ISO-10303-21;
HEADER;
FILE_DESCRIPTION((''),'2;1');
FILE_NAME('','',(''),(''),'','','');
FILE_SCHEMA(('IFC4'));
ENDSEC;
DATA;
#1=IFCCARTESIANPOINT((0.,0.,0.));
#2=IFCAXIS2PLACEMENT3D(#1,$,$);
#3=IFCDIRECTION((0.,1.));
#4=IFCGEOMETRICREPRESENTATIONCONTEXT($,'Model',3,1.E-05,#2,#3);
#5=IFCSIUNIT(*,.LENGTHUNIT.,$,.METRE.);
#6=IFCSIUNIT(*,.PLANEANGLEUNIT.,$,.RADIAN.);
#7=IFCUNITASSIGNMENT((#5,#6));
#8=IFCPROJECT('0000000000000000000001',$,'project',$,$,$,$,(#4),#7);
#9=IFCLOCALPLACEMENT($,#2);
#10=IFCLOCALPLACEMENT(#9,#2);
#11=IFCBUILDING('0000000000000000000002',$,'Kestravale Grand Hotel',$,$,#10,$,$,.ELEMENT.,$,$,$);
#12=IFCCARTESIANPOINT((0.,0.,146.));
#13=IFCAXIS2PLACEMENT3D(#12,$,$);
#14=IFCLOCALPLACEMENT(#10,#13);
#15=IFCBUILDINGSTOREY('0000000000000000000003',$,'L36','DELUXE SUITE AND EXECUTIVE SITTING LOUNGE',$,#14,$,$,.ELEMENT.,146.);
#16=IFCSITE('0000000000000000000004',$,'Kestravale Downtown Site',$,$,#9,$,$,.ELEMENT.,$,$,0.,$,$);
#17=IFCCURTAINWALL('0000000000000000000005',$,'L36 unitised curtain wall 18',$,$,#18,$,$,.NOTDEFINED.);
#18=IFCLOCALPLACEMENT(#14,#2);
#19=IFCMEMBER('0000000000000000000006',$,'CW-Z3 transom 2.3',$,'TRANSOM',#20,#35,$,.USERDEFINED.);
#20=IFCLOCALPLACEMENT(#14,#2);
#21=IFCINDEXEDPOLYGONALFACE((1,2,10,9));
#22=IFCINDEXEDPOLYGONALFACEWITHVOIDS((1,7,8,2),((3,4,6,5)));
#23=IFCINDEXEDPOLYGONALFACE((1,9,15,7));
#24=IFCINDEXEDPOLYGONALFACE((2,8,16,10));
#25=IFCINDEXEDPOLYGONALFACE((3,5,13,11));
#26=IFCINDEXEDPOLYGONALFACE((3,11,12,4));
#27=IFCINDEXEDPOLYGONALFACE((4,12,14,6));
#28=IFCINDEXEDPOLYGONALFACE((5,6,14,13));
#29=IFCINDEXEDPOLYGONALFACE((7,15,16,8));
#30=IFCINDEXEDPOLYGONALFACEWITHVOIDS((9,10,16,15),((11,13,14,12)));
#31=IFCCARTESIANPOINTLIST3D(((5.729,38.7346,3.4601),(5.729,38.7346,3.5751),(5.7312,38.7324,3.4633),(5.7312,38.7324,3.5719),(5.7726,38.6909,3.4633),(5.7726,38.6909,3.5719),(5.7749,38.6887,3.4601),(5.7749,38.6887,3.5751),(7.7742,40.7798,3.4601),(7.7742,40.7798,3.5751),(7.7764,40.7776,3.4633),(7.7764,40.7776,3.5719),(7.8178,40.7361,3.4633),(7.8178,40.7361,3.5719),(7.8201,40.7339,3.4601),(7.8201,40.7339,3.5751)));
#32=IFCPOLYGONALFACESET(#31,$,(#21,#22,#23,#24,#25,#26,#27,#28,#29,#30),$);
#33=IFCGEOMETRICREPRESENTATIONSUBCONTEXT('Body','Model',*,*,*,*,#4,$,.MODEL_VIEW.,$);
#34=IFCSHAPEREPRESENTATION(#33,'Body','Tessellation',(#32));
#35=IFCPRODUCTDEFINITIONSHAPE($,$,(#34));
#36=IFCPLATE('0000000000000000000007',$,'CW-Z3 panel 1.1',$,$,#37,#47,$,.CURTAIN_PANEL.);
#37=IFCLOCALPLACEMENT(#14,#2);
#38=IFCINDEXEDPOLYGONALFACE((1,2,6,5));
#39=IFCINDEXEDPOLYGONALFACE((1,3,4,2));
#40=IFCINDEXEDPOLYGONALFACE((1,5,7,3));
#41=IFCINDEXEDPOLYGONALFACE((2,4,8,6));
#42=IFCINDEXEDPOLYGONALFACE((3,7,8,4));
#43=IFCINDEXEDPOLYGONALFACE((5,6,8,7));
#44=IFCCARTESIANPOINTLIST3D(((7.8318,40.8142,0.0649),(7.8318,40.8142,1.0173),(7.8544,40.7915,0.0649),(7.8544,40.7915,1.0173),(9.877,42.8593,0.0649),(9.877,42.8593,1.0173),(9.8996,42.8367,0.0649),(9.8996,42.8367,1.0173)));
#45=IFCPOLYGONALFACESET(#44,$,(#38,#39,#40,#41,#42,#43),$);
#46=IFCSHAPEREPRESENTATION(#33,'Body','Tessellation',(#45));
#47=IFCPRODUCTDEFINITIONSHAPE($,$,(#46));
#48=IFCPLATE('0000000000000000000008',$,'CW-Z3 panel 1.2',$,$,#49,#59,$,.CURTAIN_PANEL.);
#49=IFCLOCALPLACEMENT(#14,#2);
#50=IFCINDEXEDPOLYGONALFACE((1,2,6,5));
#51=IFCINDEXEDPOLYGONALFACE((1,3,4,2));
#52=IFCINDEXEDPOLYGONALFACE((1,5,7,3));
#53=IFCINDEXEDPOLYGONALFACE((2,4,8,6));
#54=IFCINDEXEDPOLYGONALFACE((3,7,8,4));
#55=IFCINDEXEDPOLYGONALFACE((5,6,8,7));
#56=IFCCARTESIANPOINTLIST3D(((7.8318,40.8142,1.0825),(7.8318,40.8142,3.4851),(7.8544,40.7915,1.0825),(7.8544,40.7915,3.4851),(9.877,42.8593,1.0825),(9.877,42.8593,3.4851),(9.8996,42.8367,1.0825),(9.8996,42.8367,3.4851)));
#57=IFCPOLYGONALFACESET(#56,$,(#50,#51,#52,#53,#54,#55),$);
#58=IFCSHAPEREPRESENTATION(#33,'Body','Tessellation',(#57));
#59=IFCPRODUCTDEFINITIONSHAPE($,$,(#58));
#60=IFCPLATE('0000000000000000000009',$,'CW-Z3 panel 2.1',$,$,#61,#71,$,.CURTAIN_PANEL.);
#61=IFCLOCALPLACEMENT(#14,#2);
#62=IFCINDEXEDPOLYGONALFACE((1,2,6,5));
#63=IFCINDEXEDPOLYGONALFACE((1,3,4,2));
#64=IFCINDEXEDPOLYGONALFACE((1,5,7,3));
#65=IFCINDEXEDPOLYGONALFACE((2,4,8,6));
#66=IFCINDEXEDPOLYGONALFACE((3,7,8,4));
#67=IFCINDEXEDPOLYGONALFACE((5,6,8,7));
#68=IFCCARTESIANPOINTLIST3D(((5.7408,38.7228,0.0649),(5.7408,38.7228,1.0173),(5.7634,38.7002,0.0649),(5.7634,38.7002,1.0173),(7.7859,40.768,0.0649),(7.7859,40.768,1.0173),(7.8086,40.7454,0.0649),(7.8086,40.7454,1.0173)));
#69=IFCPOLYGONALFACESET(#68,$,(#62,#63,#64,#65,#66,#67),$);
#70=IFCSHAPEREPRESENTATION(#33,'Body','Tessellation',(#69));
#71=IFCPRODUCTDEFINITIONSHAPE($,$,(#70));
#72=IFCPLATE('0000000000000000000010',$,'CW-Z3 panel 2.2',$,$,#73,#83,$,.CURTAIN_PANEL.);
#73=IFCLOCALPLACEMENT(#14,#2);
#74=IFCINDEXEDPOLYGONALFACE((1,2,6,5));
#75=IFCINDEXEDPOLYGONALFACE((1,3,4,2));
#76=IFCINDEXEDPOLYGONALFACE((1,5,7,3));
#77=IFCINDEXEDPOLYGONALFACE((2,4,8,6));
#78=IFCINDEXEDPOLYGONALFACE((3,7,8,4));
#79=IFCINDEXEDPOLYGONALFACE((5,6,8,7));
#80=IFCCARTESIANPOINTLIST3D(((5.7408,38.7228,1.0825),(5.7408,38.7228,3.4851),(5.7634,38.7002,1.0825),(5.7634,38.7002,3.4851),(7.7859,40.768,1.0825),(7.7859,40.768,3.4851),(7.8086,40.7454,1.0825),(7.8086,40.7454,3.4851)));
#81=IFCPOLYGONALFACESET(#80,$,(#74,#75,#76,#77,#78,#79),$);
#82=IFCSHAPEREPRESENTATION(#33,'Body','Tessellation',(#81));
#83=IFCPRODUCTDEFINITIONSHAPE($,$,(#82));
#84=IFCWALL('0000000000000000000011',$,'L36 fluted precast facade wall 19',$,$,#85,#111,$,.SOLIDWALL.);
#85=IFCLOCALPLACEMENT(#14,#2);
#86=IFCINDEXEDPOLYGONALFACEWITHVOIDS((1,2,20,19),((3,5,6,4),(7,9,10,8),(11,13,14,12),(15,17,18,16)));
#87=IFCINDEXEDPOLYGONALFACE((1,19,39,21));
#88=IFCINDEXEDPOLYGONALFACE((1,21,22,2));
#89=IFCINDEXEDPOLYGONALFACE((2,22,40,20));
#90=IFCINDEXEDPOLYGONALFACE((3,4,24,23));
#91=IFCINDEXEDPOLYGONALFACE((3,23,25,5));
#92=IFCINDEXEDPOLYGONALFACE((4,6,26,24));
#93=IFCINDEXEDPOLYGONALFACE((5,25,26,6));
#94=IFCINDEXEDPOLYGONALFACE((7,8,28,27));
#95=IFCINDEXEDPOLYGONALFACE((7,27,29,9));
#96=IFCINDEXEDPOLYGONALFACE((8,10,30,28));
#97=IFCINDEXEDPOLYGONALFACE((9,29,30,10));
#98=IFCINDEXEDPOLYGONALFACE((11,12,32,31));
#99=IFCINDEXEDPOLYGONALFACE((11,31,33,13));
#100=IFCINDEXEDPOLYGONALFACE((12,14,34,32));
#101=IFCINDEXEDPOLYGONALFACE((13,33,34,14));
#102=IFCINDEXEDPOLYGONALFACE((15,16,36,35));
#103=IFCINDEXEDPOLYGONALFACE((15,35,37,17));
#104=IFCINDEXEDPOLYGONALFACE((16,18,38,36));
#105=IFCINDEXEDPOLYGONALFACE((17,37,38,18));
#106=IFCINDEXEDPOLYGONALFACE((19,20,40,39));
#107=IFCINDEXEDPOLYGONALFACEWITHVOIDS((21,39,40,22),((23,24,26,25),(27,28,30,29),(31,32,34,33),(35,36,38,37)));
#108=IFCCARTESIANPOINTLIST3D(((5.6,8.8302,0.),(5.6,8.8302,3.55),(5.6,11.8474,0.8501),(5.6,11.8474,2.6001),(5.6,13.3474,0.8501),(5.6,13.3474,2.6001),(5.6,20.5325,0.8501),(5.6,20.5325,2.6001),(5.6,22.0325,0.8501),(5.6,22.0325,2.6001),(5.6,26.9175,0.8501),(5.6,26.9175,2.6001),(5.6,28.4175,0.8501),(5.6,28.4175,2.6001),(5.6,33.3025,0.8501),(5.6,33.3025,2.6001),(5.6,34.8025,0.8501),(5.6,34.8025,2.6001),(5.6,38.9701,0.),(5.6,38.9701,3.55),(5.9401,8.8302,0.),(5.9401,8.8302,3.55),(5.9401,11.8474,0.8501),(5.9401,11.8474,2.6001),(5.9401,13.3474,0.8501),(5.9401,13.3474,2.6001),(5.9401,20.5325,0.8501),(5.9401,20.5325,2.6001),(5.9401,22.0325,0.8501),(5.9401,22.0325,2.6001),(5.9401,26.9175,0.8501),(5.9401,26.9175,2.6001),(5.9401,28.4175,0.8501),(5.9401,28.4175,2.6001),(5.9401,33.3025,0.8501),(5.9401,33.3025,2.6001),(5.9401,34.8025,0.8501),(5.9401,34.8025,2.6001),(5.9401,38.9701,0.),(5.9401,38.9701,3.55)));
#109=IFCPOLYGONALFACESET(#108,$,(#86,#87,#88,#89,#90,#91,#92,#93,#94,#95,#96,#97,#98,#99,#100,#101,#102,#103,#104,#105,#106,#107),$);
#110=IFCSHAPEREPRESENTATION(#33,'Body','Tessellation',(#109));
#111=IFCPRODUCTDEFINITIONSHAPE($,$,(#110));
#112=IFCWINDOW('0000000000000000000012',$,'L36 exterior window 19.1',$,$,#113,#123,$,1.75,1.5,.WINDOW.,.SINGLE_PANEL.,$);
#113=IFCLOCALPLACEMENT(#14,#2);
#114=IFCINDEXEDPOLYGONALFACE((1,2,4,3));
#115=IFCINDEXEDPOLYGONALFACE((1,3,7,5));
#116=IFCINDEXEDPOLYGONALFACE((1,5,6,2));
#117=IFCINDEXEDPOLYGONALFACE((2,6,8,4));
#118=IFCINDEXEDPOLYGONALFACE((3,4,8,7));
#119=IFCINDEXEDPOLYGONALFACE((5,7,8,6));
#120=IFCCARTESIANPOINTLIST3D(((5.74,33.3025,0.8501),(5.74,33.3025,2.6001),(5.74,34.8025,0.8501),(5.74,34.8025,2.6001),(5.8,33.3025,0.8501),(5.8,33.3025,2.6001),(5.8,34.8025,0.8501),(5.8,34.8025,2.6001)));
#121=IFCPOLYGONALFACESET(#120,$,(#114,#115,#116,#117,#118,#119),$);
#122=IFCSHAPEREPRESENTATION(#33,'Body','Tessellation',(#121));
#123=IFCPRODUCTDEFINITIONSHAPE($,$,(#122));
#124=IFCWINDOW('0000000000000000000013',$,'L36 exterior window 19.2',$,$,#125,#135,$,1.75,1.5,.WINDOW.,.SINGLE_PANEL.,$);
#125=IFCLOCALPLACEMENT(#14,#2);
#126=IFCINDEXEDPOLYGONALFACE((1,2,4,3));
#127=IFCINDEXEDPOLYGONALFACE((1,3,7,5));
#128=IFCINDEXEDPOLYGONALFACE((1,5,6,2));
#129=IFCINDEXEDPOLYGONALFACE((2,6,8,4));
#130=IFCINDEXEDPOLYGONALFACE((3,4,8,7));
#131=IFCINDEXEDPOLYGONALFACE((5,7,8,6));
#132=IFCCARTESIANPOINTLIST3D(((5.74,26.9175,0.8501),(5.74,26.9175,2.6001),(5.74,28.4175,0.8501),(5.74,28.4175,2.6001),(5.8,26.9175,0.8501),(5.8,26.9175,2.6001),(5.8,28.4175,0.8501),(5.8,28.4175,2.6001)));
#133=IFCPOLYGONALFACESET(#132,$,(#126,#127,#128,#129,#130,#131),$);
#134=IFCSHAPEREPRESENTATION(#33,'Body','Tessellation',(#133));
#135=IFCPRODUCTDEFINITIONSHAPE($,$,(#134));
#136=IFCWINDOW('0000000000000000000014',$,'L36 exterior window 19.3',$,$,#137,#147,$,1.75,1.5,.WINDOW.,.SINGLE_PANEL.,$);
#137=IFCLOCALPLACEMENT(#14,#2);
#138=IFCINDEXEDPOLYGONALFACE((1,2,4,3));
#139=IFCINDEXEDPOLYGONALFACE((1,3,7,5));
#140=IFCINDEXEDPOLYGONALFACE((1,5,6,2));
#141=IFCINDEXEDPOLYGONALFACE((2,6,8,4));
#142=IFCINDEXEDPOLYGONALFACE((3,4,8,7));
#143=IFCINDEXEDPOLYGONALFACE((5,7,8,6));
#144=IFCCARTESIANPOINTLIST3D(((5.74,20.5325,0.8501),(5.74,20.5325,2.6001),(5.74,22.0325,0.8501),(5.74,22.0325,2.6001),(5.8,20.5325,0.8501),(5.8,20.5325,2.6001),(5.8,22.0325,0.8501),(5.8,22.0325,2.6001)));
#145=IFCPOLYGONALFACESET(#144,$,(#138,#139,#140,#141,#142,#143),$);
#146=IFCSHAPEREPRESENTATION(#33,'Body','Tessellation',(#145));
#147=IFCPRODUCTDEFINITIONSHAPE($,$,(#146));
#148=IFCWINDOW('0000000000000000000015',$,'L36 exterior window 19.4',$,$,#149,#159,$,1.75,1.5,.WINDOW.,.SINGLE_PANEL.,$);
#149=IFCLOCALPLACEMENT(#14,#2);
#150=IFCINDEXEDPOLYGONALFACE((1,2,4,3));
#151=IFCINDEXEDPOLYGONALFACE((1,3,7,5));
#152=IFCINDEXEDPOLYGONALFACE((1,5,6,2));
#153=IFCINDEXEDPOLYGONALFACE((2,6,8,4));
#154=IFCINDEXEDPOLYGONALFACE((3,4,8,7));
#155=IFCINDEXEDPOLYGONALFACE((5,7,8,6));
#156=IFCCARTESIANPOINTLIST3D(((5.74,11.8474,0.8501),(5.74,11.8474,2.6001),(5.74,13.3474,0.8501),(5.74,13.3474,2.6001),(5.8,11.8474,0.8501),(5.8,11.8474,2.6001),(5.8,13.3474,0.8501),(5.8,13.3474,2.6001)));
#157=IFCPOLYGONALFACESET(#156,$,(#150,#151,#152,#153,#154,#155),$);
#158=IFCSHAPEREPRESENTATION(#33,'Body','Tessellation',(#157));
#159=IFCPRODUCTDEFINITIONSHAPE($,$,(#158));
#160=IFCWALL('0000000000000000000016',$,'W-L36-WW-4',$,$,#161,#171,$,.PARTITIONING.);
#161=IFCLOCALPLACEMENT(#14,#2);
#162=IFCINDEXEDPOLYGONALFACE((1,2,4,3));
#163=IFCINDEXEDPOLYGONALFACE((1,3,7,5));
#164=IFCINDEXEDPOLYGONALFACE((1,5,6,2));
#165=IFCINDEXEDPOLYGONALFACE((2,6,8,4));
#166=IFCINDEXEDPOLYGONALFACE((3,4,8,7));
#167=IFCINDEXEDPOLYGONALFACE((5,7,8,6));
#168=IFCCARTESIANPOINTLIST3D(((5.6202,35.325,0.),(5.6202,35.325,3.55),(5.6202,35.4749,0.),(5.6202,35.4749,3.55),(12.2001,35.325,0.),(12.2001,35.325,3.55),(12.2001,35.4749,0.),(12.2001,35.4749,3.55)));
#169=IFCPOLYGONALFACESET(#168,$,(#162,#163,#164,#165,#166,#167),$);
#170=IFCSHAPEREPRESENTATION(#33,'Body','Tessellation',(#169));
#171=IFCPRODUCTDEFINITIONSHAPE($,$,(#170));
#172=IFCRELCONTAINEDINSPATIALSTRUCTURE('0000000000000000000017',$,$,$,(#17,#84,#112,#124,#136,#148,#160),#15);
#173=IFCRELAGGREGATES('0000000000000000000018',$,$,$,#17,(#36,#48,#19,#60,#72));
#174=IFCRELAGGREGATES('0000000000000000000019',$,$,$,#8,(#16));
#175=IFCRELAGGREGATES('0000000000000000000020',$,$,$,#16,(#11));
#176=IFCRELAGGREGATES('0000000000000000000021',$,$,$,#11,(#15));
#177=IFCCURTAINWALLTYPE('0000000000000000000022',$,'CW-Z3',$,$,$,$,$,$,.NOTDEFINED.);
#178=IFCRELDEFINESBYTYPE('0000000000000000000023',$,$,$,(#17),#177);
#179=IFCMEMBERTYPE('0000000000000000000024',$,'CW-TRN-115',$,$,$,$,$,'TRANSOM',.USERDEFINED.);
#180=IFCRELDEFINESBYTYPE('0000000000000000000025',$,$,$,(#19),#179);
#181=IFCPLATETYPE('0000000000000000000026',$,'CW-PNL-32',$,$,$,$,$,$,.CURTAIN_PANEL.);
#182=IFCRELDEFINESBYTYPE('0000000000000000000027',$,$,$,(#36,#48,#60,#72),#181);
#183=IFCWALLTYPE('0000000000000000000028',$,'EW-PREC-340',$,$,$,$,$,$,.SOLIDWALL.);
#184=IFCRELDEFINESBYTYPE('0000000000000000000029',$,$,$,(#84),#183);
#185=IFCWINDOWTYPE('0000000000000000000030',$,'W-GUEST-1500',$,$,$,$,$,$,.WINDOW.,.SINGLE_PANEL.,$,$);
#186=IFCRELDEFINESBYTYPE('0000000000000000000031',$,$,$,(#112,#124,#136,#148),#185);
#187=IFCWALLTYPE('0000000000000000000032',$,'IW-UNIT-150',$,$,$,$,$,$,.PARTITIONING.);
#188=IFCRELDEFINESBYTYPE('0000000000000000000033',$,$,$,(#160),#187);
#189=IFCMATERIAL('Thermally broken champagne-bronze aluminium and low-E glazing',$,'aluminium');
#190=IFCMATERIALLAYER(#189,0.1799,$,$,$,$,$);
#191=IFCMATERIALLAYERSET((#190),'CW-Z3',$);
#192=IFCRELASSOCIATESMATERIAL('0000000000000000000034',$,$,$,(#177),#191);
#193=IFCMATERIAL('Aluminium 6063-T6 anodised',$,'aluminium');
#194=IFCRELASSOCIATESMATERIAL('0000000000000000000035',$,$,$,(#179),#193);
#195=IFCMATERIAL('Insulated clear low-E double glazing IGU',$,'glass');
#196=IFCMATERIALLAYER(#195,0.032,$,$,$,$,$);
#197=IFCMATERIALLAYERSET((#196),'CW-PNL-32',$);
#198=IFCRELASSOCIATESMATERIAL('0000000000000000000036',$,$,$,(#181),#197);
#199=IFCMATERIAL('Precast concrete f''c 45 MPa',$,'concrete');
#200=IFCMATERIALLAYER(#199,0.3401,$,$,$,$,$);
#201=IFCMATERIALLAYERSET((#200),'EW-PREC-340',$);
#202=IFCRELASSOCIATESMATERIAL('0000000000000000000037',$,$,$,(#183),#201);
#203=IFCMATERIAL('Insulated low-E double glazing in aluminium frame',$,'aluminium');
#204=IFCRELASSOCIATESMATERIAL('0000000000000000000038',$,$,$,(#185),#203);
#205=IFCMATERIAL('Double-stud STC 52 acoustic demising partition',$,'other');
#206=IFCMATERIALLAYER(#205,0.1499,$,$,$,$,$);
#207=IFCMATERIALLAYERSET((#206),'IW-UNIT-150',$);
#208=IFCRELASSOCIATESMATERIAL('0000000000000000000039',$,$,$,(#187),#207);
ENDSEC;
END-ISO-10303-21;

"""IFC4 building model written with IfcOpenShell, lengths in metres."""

from ifc_helpers import new_model, si_unit, direction, frame, frame_2d, origin, origin_2d, place, context, subcontext, project, spatial, rectangle, hollow_rectangle, extrude, material, layer, layer_set, material_profile, profile_set, type_object, element, fill, aggregate, save


model = new_model("IFC4")

# Units and contexts
model_context = context("Model", 3, precision=1e-05, world=origin(), true_north=direction((0.0, 1.0)))
body_context = subcontext(model_context, "Body", "Model", "MODEL_VIEW")
ifc_project = project(units=[si_unit("LENGTHUNIT", "METRE"), si_unit("PLANEANGLEUNIT", "RADIAN")], contexts=[model_context])

# Site, building, storey
site_placement = place(None, origin())
site = spatial("IfcSite", under=ifc_project, at=site_placement, Name="Kestravale Downtown Site", CompositionType="ELEMENT", RefElevation=0.0)
building_placement = place(site_placement, origin())
building = spatial("IfcBuilding", under=site, at=building_placement, Name="Kestravale Grand Hotel", CompositionType="ELEMENT")
storey_placement = place(building_placement, frame((0.0, 0.0, 146.0)))
storey = spatial("IfcBuildingStorey", under=building, at=storey_placement, Name="L36", Description="DELUXE SUITE AND EXECUTIVE SITTING LOUNGE", CompositionType="ELEMENT", Elevation=146.0)

# Curtain wall, member, plates
ifc_material_1 = material(Name="Thermally broken champagne-bronze aluminium and low-E glazing", Category="aluminium")
ifc_layer_1 = layer(ifc_material_1, 0.1799)
ifc_layer_set_1 = layer_set([ifc_layer_1], Name="CW-Z3")
curtain_wall_type = type_object("IfcCurtainWallType", Name="CW-Z3", PredefinedType="NOTDEFINED", material=ifc_layer_set_1)
curtain_wall_placement = place(storey_placement, origin())
curtain_wall = element("IfcCurtainWall", 1, at=curtain_wall_placement, inside=storey, type_object=curtain_wall_type, Name="L36 unitised curtain wall 18", PredefinedType="NOTDEFINED")
ifc_material_2 = material(Name="Aluminium 6063-T6 anodised", Category="aluminium")
ifc_material_profile_1 = material_profile(ifc_material_2, hollow_rectangle(XDim=0.0649, YDim=0.115, WallThickness=0.0032, at=origin_2d()))
ifc_profile_set_1 = profile_set([ifc_material_profile_1], Name="Aluminium 6063-T6 anodised")
member_type_1 = type_object("IfcMemberType", Name="CW-TRN-115", ElementType="TRANSOM", PredefinedType="USERDEFINED", material=ifc_profile_set_1)
member_1_placement = place(storey_placement, frame((7.7971, 40.7568, 3.5176), z_axis=(-0.707107, -0.707107, 0.0), x_axis=(0.707107, -0.707107, 0.0)))
member_1 = element("IfcMember", 2, at=member_1_placement, type_object=member_type_1, Name="CW-Z3 transom 2.3", ObjectType="TRANSOM", PredefinedType="USERDEFINED", context=body_context, shape_type="SweptSolid", body=[
    extrude(hollow_rectangle(XDim=0.0649, YDim=0.115, WallThickness=0.0032, at=origin_2d()), origin(), (0.0, 0.0, 1.0), 2.8923),
])
ifc_material_3 = material(Name="Insulated clear low-E double glazing IGU", Category="glass")
ifc_layer_2 = layer(ifc_material_3, 0.032)
ifc_layer_set_2 = layer_set([ifc_layer_2], Name="CW-PNL-32")
plate_type = type_object("IfcPlateType", Name="CW-PNL-32", PredefinedType="CURTAIN_PANEL", material=ifc_layer_set_2)
plate_1_placement = place(storey_placement, frame((8.8657, 41.8254, 0.0649), z_axis=(0.0, 0.0, 1.0), x_axis=(-0.707107, -0.707107, 0.0)))
plate_1 = element("IfcPlate", 3, at=plate_1_placement, type_object=plate_type, Name="CW-Z3 panel 1.1", PredefinedType="CURTAIN_PANEL", context=body_context, shape_type="SweptSolid", body=[
    extrude(rectangle(XDim=2.8923, YDim=0.032, at=origin_2d()), origin(), (0.0, 0.0, 1.0), 0.9524),
])
plate_2_placement = place(storey_placement, frame((8.8657, 41.8254, 1.0825), z_axis=(0.0, 0.0, 1.0), x_axis=(-0.707107, -0.707107, 0.0)))
plate_2 = element("IfcPlate", 4, at=plate_2_placement, type_object=plate_type, Name="CW-Z3 panel 1.2", PredefinedType="CURTAIN_PANEL", context=body_context, shape_type="SweptSolid", body=[
    extrude(rectangle(XDim=2.8923, YDim=0.032, at=origin_2d()), origin(), (0.0, 0.0, 1.0), 2.4026),
])
plate_3_placement = place(storey_placement, frame((6.7747, 39.7341, 0.0649), z_axis=(0.0, 0.0, 1.0), x_axis=(-0.707107, -0.707107, 0.0)))
plate_3 = element("IfcPlate", 5, at=plate_3_placement, type_object=plate_type, Name="CW-Z3 panel 2.1", PredefinedType="CURTAIN_PANEL", context=body_context, shape_type="SweptSolid", body=[
    extrude(rectangle(XDim=2.8923, YDim=0.032, at=origin_2d()), origin(), (0.0, 0.0, 1.0), 0.9524),
])
plate_4_placement = place(storey_placement, frame((6.7747, 39.7341, 1.0825), z_axis=(0.0, 0.0, 1.0), x_axis=(-0.707107, -0.707107, 0.0)))
plate_4 = element("IfcPlate", 6, at=plate_4_placement, type_object=plate_type, Name="CW-Z3 panel 2.2", PredefinedType="CURTAIN_PANEL", context=body_context, shape_type="SweptSolid", body=[
    extrude(rectangle(XDim=2.8923, YDim=0.032, at=origin_2d()), origin(), (0.0, 0.0, 1.0), 2.4026),
])
aggregate(curtain_wall, [plate_1, plate_2, member_1, plate_3, plate_4])

# Wall, openings, windows
ifc_material_4 = material(Name="Precast concrete f'c 45 MPa", Category="concrete")
ifc_layer_3 = layer(ifc_material_4, 0.3401)
ifc_layer_set_3 = layer_set([ifc_layer_3], Name="EW-PREC-340")
wall_type_1 = type_object("IfcWallType", Name="EW-PREC-340", PredefinedType="SOLIDWALL", material=ifc_layer_set_3)
wall_1_placement = place(storey_placement, frame((5.77, 38.97, 0.0), z_axis=(0.0, 0.0, 1.0), x_axis=(0.0, -1.0, 0.0)))
wall_1 = element("IfcWall", 7, at=wall_1_placement, inside=storey, type_object=wall_type_1, Name="L36 fluted precast facade wall 19", PredefinedType="SOLIDWALL", context=body_context, shape_type="SweptSolid", body=[
    extrude(rectangle(XDim=30.1399, YDim=0.3401, at=frame_2d((15.0698, 0.0))), origin(), (0.0, 0.0, 1.0), 3.55),
])
opening_1_placement = place(wall_1_placement, frame((4.1675, 0.0, 0.8501)))
opening_1 = element("IfcOpeningElement", 8, at=opening_1_placement, cuts=wall_1, PredefinedType="OPENING", context=body_context, shape_type="SweptSolid", body=[
    extrude(rectangle(XDim=1.5, YDim=1.75, at=frame_2d((0.75, 0.875))), frame((0.0, 0.1799, 0.0), z_axis=(0.0, -1.0, 0.0), x_axis=(1.0, 0.0, 0.0)), (0.0, 0.0, 1.0), 0.3601),
])
opening_2_placement = place(wall_1_placement, frame((10.5525, 0.0, 0.8501)))
opening_2 = element("IfcOpeningElement", 9, at=opening_2_placement, cuts=wall_1, PredefinedType="OPENING", context=body_context, shape_type="SweptSolid", body=[
    extrude(rectangle(XDim=1.5, YDim=1.75, at=frame_2d((0.75, 0.875))), frame((0.0, 0.1799, 0.0), z_axis=(0.0, -1.0, 0.0), x_axis=(1.0, 0.0, 0.0)), (0.0, 0.0, 1.0), 0.3601),
])
opening_3_placement = place(wall_1_placement, frame((16.9375, 0.0, 0.8501)))
opening_3 = element("IfcOpeningElement", 10, at=opening_3_placement, cuts=wall_1, PredefinedType="OPENING", context=body_context, shape_type="SweptSolid", body=[
    extrude(rectangle(XDim=1.5, YDim=1.75, at=frame_2d((0.75, 0.875))), frame((0.0, 0.1799, 0.0), z_axis=(0.0, -1.0, 0.0), x_axis=(1.0, 0.0, 0.0)), (0.0, 0.0, 1.0), 0.3601),
])
opening_4_placement = place(wall_1_placement, frame((25.6226, 0.0, 0.8501)))
opening_4 = element("IfcOpeningElement", 11, at=opening_4_placement, cuts=wall_1, PredefinedType="OPENING", context=body_context, shape_type="SweptSolid", body=[
    extrude(rectangle(XDim=1.5, YDim=1.75, at=frame_2d((0.75, 0.875))), frame((0.0, 0.1799, 0.0), z_axis=(0.0, -1.0, 0.0), x_axis=(1.0, 0.0, 0.0)), (0.0, 0.0, 1.0), 0.3601),
])
ifc_material_5 = material(Name="Insulated low-E double glazing in aluminium frame", Category="aluminium")
window_type = type_object("IfcWindowType", Name="W-GUEST-1500", PartitioningType="SINGLE_PANEL", PredefinedType="WINDOW", material=ifc_material_5)
window_1_placement = place(opening_1_placement, origin())
window_1 = element("IfcWindow", 12, at=window_1_placement, inside=storey, type_object=window_type, Name="L36 exterior window 19.1", OverallHeight=1.75, OverallWidth=1.5, PartitioningType="SINGLE_PANEL", PredefinedType="WINDOW", context=body_context, shape_type="SweptSolid", body=[
    extrude(rectangle(XDim=1.5, YDim=1.75, at=frame_2d((0.75, 0.875))), frame((0.0, 0.03, 0.0), z_axis=(0.0, -1.0, 0.0), x_axis=(1.0, 0.0, 0.0)), (0.0, 0.0, 1.0), 0.0601),
])
fill(opening_1, window_1)
window_2_placement = place(opening_2_placement, origin())
window_2 = element("IfcWindow", 13, at=window_2_placement, inside=storey, type_object=window_type, Name="L36 exterior window 19.2", OverallHeight=1.75, OverallWidth=1.5, PartitioningType="SINGLE_PANEL", PredefinedType="WINDOW", context=body_context, shape_type="SweptSolid", body=[
    extrude(rectangle(XDim=1.5, YDim=1.75, at=frame_2d((0.75, 0.875))), frame((0.0, 0.03, 0.0), z_axis=(0.0, -1.0, 0.0), x_axis=(1.0, 0.0, 0.0)), (0.0, 0.0, 1.0), 0.0601),
])
fill(opening_2, window_2)
window_3_placement = place(opening_3_placement, origin())
window_3 = element("IfcWindow", 14, at=window_3_placement, inside=storey, type_object=window_type, Name="L36 exterior window 19.3", OverallHeight=1.75, OverallWidth=1.5, PartitioningType="SINGLE_PANEL", PredefinedType="WINDOW", context=body_context, shape_type="SweptSolid", body=[
    extrude(rectangle(XDim=1.5, YDim=1.75, at=frame_2d((0.75, 0.875))), frame((0.0, 0.03, 0.0), z_axis=(0.0, -1.0, 0.0), x_axis=(1.0, 0.0, 0.0)), (0.0, 0.0, 1.0), 0.0601),
])
fill(opening_3, window_3)
window_4_placement = place(opening_4_placement, origin())
window_4 = element("IfcWindow", 15, at=window_4_placement, inside=storey, type_object=window_type, Name="L36 exterior window 19.4", OverallHeight=1.75, OverallWidth=1.5, PartitioningType="SINGLE_PANEL", PredefinedType="WINDOW", context=body_context, shape_type="SweptSolid", body=[
    extrude(rectangle(XDim=1.5, YDim=1.75, at=frame_2d((0.75, 0.875))), frame((0.0, 0.03, 0.0), z_axis=(0.0, -1.0, 0.0), x_axis=(1.0, 0.0, 0.0)), (0.0, 0.0, 1.0), 0.0601),
])
fill(opening_4, window_4)

# Wall
ifc_material_6 = material(Name="Double-stud STC 52 acoustic demising partition", Category="other")
ifc_layer_4 = layer(ifc_material_6, 0.1499)
ifc_layer_set_4 = layer_set([ifc_layer_4], Name="IW-UNIT-150")
wall_type_2 = type_object("IfcWallType", Name="IW-UNIT-150", PredefinedType="PARTITIONING", material=ifc_layer_set_4)
wall_2_placement = place(storey_placement, frame((5.6201, 35.3999, 0.0), z_axis=(0.0, 0.0, 1.0), x_axis=(1.0, 0.0, 0.0)))
element("IfcWall", 16, at=wall_2_placement, inside=storey, type_object=wall_type_2, Name="W-L36-WW-4", PredefinedType="PARTITIONING", context=body_context, shape_type="SweptSolid", body=[
    extrude(rectangle(XDim=6.5798, YDim=0.1499, at=frame_2d((3.29, 0.0))), origin(), (0.0, 0.0, 1.0), 3.55),
])

save(model, "model.ifc")
